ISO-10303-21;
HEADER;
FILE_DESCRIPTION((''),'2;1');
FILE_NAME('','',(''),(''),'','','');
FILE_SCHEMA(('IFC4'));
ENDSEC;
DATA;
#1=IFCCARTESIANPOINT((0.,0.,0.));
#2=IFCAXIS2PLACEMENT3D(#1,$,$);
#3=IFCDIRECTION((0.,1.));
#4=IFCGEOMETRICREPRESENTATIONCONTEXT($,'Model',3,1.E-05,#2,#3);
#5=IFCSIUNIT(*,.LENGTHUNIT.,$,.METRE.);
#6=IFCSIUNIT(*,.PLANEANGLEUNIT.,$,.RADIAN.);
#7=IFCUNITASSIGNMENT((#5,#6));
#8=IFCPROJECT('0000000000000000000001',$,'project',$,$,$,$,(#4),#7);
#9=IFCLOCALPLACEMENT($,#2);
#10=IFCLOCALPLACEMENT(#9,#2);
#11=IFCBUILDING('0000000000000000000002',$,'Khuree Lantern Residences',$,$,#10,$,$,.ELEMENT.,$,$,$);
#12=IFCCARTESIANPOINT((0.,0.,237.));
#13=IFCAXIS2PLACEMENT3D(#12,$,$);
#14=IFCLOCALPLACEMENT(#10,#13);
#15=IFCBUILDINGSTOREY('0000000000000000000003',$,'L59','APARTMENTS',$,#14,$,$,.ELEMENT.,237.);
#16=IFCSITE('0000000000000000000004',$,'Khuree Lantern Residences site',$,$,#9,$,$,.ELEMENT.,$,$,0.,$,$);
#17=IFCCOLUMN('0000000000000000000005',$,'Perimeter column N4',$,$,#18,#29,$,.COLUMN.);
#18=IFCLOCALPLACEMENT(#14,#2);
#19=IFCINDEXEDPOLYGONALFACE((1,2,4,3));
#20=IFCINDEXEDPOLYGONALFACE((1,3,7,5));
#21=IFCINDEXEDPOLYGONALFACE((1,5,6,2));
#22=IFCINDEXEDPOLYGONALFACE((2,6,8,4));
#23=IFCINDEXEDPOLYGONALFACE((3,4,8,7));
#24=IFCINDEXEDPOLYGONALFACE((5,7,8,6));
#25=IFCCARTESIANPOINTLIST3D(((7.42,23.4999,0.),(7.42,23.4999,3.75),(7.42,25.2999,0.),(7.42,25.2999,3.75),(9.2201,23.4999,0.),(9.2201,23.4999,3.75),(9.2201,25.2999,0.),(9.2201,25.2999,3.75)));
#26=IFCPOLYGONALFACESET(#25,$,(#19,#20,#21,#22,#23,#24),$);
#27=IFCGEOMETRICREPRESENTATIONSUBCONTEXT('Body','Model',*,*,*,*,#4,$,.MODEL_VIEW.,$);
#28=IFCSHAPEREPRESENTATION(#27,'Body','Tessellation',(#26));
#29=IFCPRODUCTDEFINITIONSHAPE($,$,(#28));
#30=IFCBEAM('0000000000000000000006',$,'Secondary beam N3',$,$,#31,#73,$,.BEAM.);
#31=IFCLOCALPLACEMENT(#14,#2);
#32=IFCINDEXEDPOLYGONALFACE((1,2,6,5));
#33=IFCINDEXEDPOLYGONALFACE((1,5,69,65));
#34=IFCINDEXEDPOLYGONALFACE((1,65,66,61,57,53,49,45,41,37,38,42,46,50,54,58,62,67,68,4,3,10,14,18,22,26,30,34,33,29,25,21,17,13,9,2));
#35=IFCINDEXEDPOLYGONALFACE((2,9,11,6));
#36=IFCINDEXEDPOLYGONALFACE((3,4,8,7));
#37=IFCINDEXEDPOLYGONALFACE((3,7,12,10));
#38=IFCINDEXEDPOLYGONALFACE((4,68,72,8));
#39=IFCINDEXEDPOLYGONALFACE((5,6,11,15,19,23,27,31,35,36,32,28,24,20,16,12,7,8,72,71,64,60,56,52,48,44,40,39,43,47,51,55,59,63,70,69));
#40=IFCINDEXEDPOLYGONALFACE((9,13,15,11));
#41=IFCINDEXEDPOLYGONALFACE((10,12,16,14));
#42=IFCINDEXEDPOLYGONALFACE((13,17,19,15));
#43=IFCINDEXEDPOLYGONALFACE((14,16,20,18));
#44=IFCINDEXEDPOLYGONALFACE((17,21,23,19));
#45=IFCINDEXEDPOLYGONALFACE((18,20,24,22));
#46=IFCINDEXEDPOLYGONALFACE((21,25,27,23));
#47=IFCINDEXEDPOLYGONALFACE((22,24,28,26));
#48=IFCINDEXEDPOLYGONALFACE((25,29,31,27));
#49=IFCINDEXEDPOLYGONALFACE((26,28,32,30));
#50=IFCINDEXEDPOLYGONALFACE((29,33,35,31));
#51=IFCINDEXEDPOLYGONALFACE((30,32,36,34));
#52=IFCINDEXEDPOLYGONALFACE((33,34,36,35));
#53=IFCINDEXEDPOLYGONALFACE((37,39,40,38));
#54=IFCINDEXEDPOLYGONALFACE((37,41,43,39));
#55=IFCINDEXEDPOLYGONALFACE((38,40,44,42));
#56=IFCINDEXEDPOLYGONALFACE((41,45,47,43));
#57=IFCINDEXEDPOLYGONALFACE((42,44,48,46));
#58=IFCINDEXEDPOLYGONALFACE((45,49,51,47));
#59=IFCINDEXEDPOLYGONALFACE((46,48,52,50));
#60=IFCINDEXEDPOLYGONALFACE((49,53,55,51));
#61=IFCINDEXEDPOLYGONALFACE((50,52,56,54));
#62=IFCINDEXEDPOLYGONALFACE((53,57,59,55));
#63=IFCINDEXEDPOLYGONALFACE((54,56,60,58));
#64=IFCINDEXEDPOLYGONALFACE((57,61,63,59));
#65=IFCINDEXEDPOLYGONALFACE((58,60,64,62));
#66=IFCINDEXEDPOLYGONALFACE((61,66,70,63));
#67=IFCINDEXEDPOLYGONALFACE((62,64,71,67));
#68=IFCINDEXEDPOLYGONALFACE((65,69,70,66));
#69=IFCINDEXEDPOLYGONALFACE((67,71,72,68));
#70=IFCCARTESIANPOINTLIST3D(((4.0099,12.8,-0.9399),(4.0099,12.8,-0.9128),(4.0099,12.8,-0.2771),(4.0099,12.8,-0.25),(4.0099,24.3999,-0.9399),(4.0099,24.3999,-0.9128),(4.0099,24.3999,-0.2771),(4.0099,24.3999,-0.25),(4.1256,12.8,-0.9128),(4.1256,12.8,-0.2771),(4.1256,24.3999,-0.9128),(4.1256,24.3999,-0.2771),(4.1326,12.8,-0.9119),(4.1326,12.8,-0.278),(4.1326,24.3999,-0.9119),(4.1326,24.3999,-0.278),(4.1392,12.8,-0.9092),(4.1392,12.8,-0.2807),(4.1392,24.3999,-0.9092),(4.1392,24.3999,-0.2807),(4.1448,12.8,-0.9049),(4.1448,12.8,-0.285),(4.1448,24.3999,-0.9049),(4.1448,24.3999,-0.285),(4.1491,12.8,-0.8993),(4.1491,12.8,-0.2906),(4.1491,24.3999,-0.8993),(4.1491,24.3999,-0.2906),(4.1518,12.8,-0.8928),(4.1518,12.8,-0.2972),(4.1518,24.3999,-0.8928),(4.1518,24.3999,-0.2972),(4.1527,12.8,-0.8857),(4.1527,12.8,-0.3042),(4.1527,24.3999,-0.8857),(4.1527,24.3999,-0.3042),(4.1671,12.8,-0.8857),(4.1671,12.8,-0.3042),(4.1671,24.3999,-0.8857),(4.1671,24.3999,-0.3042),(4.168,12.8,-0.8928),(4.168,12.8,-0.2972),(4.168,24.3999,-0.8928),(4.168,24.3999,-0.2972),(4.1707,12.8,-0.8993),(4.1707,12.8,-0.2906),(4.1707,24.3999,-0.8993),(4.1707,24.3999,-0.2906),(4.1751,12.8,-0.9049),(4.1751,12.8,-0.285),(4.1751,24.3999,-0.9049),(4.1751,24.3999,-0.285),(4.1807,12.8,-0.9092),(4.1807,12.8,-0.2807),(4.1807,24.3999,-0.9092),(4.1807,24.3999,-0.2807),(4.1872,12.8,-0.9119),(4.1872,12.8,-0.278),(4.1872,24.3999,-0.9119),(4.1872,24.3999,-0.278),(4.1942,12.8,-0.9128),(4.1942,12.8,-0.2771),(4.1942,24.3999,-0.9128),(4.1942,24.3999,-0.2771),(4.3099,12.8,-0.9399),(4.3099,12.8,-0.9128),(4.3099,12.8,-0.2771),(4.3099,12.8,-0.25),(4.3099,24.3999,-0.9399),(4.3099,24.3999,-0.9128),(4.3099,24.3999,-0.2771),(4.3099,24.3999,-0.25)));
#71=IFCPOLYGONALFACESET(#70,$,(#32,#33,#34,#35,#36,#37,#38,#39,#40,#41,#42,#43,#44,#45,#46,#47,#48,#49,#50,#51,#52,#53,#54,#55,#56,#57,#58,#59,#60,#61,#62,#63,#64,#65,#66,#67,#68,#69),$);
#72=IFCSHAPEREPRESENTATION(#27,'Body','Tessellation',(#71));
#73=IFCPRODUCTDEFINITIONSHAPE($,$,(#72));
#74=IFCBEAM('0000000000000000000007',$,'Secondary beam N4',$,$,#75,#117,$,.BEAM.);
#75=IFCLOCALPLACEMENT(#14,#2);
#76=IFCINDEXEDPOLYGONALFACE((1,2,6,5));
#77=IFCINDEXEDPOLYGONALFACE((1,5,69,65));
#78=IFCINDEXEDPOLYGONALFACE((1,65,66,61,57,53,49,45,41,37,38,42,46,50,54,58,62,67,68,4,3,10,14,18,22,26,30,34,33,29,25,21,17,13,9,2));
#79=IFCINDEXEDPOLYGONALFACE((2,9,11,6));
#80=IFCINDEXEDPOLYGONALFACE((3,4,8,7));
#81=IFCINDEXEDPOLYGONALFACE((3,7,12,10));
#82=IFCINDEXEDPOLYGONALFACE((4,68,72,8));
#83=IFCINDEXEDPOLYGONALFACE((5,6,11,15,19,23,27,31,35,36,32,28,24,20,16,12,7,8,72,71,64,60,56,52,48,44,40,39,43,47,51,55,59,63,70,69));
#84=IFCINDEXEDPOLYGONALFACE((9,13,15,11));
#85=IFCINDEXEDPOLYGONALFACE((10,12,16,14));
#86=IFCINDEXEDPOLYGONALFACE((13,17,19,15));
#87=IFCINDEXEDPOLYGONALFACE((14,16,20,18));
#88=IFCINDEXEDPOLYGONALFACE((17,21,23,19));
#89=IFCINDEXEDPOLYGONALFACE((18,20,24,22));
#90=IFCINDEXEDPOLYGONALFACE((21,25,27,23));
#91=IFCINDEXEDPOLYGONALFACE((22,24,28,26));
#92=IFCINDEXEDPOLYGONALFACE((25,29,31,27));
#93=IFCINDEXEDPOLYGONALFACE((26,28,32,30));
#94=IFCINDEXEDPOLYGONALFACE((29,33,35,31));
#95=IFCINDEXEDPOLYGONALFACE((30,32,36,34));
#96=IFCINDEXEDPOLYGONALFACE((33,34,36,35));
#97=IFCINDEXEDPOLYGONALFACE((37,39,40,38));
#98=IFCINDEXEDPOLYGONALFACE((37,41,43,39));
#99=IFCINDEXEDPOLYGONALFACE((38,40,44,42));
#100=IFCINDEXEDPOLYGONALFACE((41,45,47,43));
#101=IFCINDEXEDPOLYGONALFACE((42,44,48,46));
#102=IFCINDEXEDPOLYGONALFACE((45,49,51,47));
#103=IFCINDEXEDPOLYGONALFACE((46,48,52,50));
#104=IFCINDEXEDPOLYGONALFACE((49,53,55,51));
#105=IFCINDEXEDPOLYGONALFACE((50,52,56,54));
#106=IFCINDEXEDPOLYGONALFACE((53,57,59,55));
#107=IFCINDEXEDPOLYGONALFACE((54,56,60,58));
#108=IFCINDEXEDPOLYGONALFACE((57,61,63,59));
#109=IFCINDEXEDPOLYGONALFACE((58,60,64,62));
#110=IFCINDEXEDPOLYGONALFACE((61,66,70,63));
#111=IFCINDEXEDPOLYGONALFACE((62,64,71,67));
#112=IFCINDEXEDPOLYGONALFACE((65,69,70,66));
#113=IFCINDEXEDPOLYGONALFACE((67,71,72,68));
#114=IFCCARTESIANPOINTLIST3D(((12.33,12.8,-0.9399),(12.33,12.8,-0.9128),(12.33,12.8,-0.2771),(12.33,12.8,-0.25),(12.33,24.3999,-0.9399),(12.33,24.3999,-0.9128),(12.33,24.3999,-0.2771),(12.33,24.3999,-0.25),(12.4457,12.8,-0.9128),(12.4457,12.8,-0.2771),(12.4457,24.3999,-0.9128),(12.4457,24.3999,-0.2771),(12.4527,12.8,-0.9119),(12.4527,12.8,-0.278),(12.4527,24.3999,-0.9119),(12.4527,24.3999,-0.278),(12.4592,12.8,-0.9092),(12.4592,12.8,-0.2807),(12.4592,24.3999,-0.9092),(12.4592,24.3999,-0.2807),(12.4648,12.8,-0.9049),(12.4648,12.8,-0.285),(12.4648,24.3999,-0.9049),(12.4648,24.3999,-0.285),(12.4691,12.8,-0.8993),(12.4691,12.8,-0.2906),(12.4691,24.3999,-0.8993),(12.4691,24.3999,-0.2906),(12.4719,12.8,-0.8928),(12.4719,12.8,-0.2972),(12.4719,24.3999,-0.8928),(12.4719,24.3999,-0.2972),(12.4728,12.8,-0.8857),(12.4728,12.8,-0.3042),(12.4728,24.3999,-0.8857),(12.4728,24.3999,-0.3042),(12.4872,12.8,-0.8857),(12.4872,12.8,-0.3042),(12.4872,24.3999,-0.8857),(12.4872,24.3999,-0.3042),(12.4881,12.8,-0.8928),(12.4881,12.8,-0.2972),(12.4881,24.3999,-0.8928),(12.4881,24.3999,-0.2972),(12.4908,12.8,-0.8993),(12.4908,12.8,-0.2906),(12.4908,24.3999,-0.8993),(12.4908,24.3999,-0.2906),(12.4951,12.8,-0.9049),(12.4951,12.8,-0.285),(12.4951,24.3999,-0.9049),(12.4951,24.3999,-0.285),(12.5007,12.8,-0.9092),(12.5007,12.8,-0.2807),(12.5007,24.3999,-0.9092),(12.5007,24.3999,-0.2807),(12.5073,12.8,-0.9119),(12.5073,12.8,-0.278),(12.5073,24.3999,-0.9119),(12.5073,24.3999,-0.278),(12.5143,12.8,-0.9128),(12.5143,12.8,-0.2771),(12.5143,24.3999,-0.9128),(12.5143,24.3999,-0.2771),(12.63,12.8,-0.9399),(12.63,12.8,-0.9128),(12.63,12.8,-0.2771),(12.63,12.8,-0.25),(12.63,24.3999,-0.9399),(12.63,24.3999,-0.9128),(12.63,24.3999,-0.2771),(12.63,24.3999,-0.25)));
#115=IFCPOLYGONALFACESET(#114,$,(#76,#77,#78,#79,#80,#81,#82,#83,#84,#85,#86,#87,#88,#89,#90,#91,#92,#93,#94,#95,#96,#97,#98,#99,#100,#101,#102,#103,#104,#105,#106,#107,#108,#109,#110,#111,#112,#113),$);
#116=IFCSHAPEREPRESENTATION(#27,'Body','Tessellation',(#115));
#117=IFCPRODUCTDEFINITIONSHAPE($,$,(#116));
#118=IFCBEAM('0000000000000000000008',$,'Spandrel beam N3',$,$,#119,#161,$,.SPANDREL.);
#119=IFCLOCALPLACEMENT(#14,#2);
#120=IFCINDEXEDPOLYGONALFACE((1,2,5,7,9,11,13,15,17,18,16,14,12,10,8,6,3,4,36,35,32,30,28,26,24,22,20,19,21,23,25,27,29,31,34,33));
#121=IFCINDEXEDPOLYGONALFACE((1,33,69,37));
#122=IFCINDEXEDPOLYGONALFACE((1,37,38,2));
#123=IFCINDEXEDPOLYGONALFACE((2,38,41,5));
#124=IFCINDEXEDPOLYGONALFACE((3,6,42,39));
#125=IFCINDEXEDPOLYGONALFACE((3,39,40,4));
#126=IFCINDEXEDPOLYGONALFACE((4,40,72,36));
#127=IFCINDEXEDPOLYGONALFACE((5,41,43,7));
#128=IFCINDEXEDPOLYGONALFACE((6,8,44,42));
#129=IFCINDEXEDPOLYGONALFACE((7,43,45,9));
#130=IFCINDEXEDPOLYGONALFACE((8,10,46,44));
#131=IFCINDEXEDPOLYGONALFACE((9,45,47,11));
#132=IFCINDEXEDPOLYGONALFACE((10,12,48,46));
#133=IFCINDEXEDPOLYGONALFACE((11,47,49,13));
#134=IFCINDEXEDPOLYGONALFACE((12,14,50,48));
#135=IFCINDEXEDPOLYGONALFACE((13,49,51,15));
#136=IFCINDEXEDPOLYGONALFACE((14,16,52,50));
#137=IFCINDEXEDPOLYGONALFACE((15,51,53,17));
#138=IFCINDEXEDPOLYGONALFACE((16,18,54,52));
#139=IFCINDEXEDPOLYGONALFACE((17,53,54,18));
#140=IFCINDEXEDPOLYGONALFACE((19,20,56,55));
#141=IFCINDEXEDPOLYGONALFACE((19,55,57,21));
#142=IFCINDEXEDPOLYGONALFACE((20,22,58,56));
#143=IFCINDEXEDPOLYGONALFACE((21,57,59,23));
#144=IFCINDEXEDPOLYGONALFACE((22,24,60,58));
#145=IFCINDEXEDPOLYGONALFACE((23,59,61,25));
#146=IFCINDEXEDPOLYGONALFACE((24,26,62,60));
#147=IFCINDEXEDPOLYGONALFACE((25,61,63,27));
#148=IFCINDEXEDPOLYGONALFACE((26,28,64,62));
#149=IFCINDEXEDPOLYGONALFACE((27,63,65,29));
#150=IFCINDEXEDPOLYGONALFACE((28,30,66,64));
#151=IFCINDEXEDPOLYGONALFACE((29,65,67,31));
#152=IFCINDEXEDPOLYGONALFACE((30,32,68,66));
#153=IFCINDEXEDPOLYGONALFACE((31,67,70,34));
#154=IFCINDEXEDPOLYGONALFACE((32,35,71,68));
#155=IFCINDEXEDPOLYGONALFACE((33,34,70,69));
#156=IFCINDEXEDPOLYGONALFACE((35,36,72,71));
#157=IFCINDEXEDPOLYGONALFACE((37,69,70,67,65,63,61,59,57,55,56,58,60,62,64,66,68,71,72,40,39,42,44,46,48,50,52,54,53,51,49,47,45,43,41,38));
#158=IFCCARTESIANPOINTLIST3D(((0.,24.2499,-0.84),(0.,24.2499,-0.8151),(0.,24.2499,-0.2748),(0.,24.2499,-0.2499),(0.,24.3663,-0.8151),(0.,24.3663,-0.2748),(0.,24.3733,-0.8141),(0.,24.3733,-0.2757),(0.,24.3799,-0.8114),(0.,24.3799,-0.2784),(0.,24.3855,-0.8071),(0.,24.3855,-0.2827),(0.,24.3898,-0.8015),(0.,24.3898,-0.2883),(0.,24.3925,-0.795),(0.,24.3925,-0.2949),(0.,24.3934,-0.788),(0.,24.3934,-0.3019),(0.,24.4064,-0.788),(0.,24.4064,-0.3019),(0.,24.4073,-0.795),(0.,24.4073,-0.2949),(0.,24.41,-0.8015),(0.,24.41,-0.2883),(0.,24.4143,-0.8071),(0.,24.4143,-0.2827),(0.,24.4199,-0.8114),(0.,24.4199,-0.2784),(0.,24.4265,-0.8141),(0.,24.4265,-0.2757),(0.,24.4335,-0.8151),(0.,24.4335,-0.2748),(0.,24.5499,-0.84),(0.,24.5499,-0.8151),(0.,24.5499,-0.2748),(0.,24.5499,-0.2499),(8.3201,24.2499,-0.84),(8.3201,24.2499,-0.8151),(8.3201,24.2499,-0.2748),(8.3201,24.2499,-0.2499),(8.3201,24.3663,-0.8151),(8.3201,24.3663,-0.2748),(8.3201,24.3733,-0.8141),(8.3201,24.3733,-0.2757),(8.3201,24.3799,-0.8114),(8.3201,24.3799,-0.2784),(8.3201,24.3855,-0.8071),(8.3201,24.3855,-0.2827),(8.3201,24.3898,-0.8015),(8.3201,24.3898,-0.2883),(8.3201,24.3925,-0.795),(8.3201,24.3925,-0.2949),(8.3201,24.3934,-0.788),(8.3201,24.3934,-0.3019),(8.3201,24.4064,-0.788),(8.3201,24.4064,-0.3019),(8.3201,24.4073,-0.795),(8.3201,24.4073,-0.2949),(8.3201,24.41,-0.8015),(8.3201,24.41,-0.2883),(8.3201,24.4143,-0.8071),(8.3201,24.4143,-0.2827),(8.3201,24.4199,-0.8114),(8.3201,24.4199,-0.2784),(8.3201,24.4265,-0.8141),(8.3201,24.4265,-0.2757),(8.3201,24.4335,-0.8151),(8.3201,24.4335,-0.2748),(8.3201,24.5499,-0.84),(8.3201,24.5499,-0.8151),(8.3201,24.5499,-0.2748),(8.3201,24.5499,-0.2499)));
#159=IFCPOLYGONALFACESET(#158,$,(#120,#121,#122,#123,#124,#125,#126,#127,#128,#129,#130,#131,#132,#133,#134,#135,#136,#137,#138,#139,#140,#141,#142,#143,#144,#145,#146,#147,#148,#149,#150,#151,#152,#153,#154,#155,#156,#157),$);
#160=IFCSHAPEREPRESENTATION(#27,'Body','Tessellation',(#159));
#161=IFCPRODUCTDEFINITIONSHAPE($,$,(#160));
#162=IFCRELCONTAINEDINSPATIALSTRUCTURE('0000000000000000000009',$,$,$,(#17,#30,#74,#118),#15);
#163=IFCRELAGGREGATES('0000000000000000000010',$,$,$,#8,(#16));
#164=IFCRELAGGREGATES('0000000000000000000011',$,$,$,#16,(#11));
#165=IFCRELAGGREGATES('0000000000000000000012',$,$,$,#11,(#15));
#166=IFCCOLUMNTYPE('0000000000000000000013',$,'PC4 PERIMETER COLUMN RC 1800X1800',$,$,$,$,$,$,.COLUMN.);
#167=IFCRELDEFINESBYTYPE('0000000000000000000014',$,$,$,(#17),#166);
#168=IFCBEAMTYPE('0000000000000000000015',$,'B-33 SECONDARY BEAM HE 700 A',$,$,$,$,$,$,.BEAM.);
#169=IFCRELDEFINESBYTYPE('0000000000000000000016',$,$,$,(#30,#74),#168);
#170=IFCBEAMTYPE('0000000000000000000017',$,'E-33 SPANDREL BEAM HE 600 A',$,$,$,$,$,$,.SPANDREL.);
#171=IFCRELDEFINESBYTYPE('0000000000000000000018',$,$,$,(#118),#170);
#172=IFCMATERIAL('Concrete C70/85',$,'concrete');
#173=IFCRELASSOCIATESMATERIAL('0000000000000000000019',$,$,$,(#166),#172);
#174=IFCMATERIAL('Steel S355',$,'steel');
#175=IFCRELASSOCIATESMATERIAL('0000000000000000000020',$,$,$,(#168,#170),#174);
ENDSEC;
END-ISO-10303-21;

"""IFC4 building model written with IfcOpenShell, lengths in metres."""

from ifc_helpers import new_model, si_unit, direction, frame, origin, origin_2d, place, context, subcontext, project, spatial, rectangle, i_section, extrude, material, material_profile, profile_set, type_object, element, save


model = new_model("IFC4")

# Units and contexts
model_context = context("Model", 3, precision=1e-05, world=origin(), true_north=direction((0.0, 1.0)))
body_context = subcontext(model_context, "Body", "Model", "MODEL_VIEW")
ifc_project = project(units=[si_unit("LENGTHUNIT", "METRE"), si_unit("PLANEANGLEUNIT", "RADIAN")], contexts=[model_context])

# Site, building, storey
site_placement = place(None, origin())
site = spatial("IfcSite", under=ifc_project, at=site_placement, Name="Khuree Lantern Residences site", CompositionType="ELEMENT", RefElevation=0.0)
building_placement = place(site_placement, origin())
building = spatial("IfcBuilding", under=site, at=building_placement, Name="Khuree Lantern Residences", CompositionType="ELEMENT")
storey_placement = place(building_placement, frame((0.0, 0.0, 237.0)))
storey = spatial("IfcBuildingStorey", under=building, at=storey_placement, Name="L59", Description="APARTMENTS", CompositionType="ELEMENT", Elevation=237.0)

# Column
ifc_material_1 = material(Name="Concrete C70/85", Category="concrete")
ifc_material_profile_1 = material_profile(ifc_material_1, rectangle(XDim=1.8, YDim=1.8, at=origin_2d()), Name="RC 1800X1800")
ifc_profile_set_1 = profile_set([ifc_material_profile_1], Name="Concrete C70/85")
column_type = type_object("IfcColumnType", Name="PC4 PERIMETER COLUMN RC 1800X1800", PredefinedType="COLUMN", material=ifc_profile_set_1)
column_placement = place(storey_placement, frame((8.3201, 24.3999, 0.0), z_axis=(0.0, 0.0, 1.0), x_axis=(1.0, 0.0, 0.0)))
element("IfcColumn", 1, at=column_placement, inside=storey, type_object=column_type, Name="Perimeter column N4", PredefinedType="COLUMN", context=body_context, shape_type="SweptSolid", body=[
    extrude(rectangle(XDim=1.8, YDim=1.8, at=origin_2d()), origin(), (0.0, 0.0, 1.0), 3.75),
])

# Beams
ifc_material_2 = material(Name="Steel S355", Category="steel")
ifc_material_profile_2 = material_profile(ifc_material_2, i_section(OverallWidth=0.3, OverallDepth=0.6899, WebThickness=0.0144, FlangeThickness=0.0271, FilletRadius=0.0271, at=origin_2d()), Name="HE 700 A")
ifc_profile_set_2 = profile_set([ifc_material_profile_2], Name="Steel S355")
beam_type_1 = type_object("IfcBeamType", Name="B-33 SECONDARY BEAM HE 700 A", PredefinedType="BEAM", material=ifc_profile_set_2)
for number, where, z_axis, x_axis, name in (
    (2, (4.1599, 24.3999, -0.595), (0.0, -1.0, 0.0), (1.0, 0.0, 0.0), "Secondary beam N3"),
    (3, (12.48, 24.3999, -0.595), (0.0, -1.0, 0.0), (1.0, 0.0, 0.0), "Secondary beam N4"),
):
    element("IfcBeam", number, at=place(storey_placement, frame(where, z_axis=z_axis, x_axis=x_axis)), inside=storey, type_object=beam_type_1, Name=name, PredefinedType="BEAM", context=body_context, shape_type="SweptSolid", body=[
        extrude(i_section(OverallWidth=0.3, OverallDepth=0.6899, WebThickness=0.0144, FlangeThickness=0.0271, FilletRadius=0.0271, at=origin_2d()), origin(), (0.0, 0.0, 1.0), 11.5999),
    ])
ifc_material_profile_3 = material_profile(ifc_material_2, i_section(OverallWidth=0.3, OverallDepth=0.5901, WebThickness=0.0129, FlangeThickness=0.0249, FilletRadius=0.0271, at=origin_2d()), Name="HE 600 A")
ifc_profile_set_3 = profile_set([ifc_material_profile_3], Name="Steel S355")
beam_type_2 = type_object("IfcBeamType", Name="E-33 SPANDREL BEAM HE 600 A", PredefinedType="SPANDREL", material=ifc_profile_set_3)
beam_1_placement = place(storey_placement, frame((0.0, 24.3999, -0.5449), z_axis=(1.0, 0.0, 0.0), x_axis=(0.0, 1.0, 0.0)))
element("IfcBeam", 4, at=beam_1_placement, inside=storey, type_object=beam_type_2, Name="Spandrel beam N3", PredefinedType="SPANDREL", context=body_context, shape_type="SweptSolid", body=[
    extrude(i_section(OverallWidth=0.3, OverallDepth=0.5901, WebThickness=0.0129, FlangeThickness=0.0249, FilletRadius=0.0271, at=origin_2d()), origin(), (0.0, 0.0, 1.0), 8.3201),
])

save(model, "model.ifc")
